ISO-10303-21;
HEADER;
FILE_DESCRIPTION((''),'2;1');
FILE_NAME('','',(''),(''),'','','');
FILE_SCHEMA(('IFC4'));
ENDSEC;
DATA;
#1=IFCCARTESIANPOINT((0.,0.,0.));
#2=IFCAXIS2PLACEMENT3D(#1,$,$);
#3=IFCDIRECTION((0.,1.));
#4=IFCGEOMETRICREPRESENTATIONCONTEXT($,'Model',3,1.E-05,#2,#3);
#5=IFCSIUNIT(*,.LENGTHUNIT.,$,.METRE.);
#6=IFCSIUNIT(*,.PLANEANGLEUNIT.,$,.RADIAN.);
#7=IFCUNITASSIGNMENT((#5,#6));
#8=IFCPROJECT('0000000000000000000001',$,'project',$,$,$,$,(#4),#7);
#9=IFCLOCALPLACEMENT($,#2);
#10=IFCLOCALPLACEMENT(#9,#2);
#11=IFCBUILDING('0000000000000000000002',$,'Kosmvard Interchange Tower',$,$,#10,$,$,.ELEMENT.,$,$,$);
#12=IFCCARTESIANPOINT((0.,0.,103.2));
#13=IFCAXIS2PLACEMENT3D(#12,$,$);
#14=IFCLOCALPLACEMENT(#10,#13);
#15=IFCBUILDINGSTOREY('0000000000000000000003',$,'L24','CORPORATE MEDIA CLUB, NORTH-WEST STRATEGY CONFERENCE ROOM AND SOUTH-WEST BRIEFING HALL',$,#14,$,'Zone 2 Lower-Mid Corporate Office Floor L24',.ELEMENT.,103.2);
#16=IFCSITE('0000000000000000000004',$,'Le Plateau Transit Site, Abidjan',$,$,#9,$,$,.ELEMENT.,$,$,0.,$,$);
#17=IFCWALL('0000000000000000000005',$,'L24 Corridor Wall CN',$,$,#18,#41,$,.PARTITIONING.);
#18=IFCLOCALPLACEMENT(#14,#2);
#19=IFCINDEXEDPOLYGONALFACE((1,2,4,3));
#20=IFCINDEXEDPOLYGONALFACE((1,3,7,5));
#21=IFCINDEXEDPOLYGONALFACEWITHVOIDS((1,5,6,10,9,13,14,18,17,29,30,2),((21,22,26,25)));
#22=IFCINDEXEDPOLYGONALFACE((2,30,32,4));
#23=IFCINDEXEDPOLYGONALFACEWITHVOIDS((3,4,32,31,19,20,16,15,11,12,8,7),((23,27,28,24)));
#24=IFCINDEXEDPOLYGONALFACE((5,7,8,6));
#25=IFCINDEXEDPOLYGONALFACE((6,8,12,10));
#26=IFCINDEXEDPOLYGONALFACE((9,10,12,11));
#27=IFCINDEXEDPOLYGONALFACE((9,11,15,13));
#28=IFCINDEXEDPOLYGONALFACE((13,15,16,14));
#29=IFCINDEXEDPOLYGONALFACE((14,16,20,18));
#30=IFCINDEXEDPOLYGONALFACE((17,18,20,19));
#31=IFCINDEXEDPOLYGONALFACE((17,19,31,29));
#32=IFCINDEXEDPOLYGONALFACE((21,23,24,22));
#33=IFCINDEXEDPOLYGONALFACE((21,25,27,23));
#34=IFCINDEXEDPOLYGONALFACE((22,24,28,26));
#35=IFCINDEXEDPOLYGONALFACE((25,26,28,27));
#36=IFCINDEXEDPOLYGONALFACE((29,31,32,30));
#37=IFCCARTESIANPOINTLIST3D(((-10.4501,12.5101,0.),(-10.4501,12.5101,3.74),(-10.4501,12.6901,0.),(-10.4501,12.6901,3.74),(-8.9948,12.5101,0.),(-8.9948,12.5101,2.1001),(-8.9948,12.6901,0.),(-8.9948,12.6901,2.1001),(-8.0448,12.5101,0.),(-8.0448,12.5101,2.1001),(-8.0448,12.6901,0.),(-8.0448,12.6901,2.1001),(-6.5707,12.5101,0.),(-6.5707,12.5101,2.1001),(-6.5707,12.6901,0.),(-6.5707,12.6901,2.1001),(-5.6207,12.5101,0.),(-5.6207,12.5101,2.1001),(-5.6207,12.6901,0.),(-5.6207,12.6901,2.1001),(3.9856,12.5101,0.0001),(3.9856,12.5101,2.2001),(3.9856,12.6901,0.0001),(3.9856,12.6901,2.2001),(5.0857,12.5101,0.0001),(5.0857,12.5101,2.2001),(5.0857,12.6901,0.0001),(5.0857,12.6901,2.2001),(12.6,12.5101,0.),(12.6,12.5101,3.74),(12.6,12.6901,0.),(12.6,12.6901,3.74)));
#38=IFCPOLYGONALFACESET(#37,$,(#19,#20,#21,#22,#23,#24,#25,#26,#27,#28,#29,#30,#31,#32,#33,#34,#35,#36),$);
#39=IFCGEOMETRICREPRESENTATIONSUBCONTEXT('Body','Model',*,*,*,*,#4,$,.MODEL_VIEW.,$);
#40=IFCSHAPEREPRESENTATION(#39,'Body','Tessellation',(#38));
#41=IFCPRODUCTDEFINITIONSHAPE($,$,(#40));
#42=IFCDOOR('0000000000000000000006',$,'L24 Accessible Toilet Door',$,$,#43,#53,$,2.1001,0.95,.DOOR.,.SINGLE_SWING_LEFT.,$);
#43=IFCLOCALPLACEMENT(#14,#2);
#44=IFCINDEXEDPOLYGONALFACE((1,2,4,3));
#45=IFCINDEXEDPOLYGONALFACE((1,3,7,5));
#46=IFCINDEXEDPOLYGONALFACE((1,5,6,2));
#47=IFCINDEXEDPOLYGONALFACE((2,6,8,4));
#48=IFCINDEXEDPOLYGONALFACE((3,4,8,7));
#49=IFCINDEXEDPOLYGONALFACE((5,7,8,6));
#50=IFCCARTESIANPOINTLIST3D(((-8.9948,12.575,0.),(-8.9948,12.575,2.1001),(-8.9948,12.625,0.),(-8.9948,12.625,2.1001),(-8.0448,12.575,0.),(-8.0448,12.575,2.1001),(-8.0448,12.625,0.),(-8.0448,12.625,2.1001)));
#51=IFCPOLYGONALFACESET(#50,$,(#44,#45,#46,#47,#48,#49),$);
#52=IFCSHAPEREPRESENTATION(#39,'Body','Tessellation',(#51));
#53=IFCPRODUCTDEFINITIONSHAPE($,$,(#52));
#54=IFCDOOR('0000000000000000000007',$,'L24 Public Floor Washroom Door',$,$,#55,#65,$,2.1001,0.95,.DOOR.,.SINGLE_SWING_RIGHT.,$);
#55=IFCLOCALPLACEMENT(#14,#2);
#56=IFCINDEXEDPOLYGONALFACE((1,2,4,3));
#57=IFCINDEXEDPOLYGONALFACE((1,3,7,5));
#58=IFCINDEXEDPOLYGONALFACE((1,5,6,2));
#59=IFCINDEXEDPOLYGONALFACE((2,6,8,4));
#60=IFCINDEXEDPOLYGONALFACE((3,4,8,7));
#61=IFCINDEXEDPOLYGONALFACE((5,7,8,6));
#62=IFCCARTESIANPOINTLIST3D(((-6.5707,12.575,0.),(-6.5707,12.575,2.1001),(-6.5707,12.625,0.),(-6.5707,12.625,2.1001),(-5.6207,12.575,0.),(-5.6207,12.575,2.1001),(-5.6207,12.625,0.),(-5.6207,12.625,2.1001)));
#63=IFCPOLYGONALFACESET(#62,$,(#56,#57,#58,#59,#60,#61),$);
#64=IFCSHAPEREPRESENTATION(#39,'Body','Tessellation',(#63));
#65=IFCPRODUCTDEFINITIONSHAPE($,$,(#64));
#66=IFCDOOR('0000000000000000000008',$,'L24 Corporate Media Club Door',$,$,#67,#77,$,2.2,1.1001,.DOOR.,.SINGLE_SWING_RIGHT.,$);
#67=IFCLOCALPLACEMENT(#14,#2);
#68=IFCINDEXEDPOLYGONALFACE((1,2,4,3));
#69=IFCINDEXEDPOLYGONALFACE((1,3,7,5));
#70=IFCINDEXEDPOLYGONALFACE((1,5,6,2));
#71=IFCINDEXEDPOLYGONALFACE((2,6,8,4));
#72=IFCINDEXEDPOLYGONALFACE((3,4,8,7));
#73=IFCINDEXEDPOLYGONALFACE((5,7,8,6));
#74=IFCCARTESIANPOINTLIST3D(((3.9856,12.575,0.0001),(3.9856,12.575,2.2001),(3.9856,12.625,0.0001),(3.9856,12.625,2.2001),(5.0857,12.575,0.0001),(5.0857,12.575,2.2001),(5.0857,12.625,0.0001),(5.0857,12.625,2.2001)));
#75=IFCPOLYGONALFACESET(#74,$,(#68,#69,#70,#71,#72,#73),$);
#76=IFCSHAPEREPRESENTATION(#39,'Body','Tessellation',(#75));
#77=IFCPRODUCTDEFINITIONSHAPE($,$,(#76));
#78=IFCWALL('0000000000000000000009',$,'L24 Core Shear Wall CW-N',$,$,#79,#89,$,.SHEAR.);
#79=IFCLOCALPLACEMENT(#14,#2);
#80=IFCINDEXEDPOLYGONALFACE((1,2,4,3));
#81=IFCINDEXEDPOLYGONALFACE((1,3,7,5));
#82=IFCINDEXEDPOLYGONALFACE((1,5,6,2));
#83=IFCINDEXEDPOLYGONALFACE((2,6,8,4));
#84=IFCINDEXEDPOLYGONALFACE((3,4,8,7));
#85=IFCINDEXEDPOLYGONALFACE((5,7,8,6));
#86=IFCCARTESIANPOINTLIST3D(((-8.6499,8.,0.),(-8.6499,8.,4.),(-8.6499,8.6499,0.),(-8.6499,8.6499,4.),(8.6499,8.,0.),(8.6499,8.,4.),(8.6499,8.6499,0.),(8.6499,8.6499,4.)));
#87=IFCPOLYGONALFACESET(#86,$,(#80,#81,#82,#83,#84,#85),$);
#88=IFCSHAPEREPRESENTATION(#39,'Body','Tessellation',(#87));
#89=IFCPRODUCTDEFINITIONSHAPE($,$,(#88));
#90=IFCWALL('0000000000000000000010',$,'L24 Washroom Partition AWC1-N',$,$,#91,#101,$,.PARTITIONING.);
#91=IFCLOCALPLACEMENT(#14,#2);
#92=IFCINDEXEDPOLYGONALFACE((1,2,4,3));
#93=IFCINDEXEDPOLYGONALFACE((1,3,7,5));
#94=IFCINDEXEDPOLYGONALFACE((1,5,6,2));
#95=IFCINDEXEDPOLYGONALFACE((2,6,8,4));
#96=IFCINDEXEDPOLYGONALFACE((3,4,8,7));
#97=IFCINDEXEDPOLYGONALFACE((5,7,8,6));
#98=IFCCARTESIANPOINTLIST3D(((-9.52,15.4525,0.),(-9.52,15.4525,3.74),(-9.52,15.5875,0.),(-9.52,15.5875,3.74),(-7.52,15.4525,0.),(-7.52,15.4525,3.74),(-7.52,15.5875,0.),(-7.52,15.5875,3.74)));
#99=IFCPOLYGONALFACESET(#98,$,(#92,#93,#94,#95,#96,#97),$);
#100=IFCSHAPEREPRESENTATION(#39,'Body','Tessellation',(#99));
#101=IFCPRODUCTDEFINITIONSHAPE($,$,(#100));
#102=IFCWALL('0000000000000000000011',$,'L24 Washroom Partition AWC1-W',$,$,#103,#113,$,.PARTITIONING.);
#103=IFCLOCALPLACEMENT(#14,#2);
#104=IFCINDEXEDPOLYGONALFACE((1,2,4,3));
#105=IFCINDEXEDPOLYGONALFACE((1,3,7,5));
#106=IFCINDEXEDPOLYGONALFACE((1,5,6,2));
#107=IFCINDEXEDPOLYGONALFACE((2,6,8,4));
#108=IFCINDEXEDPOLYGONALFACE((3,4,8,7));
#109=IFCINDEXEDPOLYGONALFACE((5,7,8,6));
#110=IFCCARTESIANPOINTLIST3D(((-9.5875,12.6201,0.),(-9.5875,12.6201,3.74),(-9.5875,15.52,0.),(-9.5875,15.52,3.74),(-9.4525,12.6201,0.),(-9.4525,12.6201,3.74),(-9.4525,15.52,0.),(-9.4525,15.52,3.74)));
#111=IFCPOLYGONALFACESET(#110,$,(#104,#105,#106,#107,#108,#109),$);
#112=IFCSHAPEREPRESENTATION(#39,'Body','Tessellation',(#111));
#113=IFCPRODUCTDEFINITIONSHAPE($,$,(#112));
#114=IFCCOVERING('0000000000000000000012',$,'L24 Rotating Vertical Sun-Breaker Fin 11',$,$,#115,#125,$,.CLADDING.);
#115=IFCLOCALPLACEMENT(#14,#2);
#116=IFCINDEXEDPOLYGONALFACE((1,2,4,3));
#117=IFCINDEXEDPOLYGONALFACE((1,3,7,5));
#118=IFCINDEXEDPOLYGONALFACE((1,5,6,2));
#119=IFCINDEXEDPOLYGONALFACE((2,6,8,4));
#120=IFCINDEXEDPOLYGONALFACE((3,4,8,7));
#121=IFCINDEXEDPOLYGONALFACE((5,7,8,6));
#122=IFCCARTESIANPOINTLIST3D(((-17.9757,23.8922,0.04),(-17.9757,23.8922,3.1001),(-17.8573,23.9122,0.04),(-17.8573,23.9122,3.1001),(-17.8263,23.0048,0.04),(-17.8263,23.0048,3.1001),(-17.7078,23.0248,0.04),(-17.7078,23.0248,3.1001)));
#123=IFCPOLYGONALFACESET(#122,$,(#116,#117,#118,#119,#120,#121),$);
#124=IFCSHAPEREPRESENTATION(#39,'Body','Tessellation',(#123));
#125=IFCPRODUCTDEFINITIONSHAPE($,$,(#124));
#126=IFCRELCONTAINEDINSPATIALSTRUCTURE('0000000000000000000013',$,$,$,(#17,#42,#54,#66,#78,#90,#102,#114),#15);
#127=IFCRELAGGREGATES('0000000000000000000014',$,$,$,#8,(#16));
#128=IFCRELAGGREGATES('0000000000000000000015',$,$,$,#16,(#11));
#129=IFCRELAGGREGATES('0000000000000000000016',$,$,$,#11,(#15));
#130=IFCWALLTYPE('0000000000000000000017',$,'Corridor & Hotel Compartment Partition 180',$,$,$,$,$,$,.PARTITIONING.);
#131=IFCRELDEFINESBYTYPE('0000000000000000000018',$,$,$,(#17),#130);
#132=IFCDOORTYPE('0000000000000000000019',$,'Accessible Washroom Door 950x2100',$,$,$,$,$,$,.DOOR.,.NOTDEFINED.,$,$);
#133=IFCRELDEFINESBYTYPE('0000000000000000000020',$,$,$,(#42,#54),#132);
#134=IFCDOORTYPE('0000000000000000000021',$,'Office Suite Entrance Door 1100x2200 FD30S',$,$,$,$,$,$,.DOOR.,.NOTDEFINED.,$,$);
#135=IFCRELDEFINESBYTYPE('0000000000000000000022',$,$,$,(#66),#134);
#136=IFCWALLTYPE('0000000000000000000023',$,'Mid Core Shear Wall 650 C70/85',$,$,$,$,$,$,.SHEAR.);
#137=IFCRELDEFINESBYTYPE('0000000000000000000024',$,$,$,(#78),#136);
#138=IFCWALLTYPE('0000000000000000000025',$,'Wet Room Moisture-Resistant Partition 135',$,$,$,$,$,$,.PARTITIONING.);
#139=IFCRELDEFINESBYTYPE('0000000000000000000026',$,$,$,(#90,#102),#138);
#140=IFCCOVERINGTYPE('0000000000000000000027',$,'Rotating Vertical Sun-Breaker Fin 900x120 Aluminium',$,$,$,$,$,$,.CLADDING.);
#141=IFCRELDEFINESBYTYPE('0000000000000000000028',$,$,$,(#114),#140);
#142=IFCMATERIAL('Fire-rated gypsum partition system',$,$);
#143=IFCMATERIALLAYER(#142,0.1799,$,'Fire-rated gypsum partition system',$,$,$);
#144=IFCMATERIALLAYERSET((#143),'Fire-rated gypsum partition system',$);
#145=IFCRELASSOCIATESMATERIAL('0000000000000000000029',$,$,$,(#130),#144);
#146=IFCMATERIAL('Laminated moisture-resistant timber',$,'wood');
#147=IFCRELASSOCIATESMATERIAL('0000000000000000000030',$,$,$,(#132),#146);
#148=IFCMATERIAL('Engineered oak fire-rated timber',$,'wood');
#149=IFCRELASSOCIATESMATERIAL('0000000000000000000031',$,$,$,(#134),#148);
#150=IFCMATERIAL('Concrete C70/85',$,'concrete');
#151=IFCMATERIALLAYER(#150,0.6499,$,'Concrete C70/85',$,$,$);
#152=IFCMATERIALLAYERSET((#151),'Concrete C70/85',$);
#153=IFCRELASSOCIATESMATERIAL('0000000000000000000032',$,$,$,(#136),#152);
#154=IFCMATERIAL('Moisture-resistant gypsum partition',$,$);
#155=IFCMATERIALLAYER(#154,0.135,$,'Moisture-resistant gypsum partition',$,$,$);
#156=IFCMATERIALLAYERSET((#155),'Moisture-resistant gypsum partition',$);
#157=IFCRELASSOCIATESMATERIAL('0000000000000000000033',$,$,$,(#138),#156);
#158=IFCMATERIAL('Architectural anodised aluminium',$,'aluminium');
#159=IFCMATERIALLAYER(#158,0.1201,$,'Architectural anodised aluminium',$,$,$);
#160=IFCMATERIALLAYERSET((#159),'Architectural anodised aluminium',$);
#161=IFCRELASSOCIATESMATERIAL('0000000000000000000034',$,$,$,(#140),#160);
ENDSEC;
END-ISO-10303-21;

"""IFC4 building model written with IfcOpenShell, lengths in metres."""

from ifc_helpers import new_model, si_unit, direction, frame, frame_2d, origin, origin_2d, place, context, subcontext, project, spatial, rectangle, extrude, source, transform, mapped, material, layer, layer_set, type_object, element, fill, save


model = new_model("IFC4")

# Units and contexts
model_context = context("Model", 3, precision=1e-05, world=origin(), true_north=direction((0.0, 1.0)))
body_context = subcontext(model_context, "Body", "Model", "MODEL_VIEW")
ifc_project = project(units=[si_unit("LENGTHUNIT", "METRE"), si_unit("PLANEANGLEUNIT", "RADIAN")], contexts=[model_context])

# Site, building, storey
site_placement = place(None, origin())
site = spatial("IfcSite", under=ifc_project, at=site_placement, Name="Le Plateau Transit Site, Abidjan", CompositionType="ELEMENT", RefElevation=0.0)
building_placement = place(site_placement, origin())
building = spatial("IfcBuilding", under=site, at=building_placement, Name="Kosmvard Interchange Tower", CompositionType="ELEMENT")
storey_placement = place(building_placement, frame((0.0, 0.0, 103.2)))
storey = spatial("IfcBuildingStorey", under=building, at=storey_placement, Name="L24", Description="CORPORATE MEDIA CLUB, NORTH-WEST STRATEGY CONFERENCE ROOM AND SOUTH-WEST BRIEFING HALL", LongName="Zone 2 Lower-Mid Corporate Office Floor L24", CompositionType="ELEMENT", Elevation=103.2)

# Shared definitions
ifc_material_1 = material(Name="Concrete C70/85", Category="concrete")

# Wall, openings, doors
ifc_material_2 = material(Name="Fire-rated gypsum partition system")
ifc_layer_1 = layer(ifc_material_2, 0.1799, Name="Fire-rated gypsum partition system")
ifc_layer_set_1 = layer_set([ifc_layer_1], Name="Fire-rated gypsum partition system")
wall_type_1 = type_object("IfcWallType", Name="Corridor & Hotel Compartment Partition 180", PredefinedType="PARTITIONING", material=ifc_layer_set_1)
wall_1_placement = place(storey_placement, frame((-10.45, 12.6001, 0.0), z_axis=(0.0, 0.0, 1.0), x_axis=(1.0, 0.0, 0.0)))
wall_1 = element("IfcWall", 1, at=wall_1_placement, inside=storey, type_object=wall_type_1, Name="L24 Corridor Wall CN", PredefinedType="PARTITIONING", context=body_context, shape_type="SweptSolid", body=[
    extrude(rectangle(XDim=23.05, YDim=0.1799, at=frame_2d((11.5249, 0.0))), origin(), (0.0, 0.0, 1.0), 3.74),
])
opening_1_placement = place(wall_1_placement, frame((1.4551, 0.0, 0.0)))
opening_1 = element("IfcOpeningElement", 2, at=opening_1_placement, cuts=wall_1, PredefinedType="OPENING", context=body_context, shape_type="SweptSolid", body=[
    extrude(rectangle(XDim=0.95, YDim=2.1001, at=frame_2d((0.4751, 1.05))), frame((0.0, 0.1001, 0.0), z_axis=(0.0, -1.0, 0.0), x_axis=(1.0, 0.0, 0.0)), (0.0, 0.0, 1.0), 0.2),
])
opening_2_placement = place(wall_1_placement, frame((3.8792, 0.0, 0.0)))
opening_2 = element("IfcOpeningElement", 3, at=opening_2_placement, cuts=wall_1, PredefinedType="OPENING", context=body_context, shape_type="SweptSolid", body=[
    extrude(rectangle(XDim=0.95, YDim=2.1001, at=frame_2d((0.4751, 1.05))), frame((0.0, 0.1001, 0.0), z_axis=(0.0, -1.0, 0.0), x_axis=(1.0, 0.0, 0.0)), (0.0, 0.0, 1.0), 0.2),
])
opening_3_placement = place(wall_1_placement, frame((14.4355, 0.0, 0.0)))
opening_3 = element("IfcOpeningElement", 4, at=opening_3_placement, cuts=wall_1, PredefinedType="OPENING", context=body_context, shape_type="SweptSolid", body=[
    extrude(rectangle(XDim=1.1001, YDim=2.2, at=frame_2d((0.55, 1.1001))), frame((0.0, 0.1001, 0.0), z_axis=(0.0, -1.0, 0.0), x_axis=(1.0, 0.0, 0.0)), (0.0, 0.0, 1.0), 0.2),
])
ifc_material_3 = material(Name="Laminated moisture-resistant timber", Category="wood")
door_type_1 = type_object("IfcDoorType", Name="Accessible Washroom Door 950x2100", OperationType="NOTDEFINED", PredefinedType="DOOR", material=ifc_material_3)
shared_shape_1 = source(origin(), body_context, "Body", "SweptSolid", [
    extrude(rectangle(XDim=0.95, YDim=2.1001, at=frame_2d((0.4751, 1.05))), frame((0.0, 0.0249, 0.0), z_axis=(0.0, -1.0, 0.0), x_axis=(1.0, 0.0, 0.0)), (0.0, 0.0, 1.0), 0.05),
])
door_1_placement = place(opening_1_placement, origin())
door_1 = element("IfcDoor", 5, at=door_1_placement, inside=storey, type_object=door_type_1, Name="L24 Accessible Toilet Door", OperationType="SINGLE_SWING_LEFT", OverallHeight=2.1001, OverallWidth=0.95, PredefinedType="DOOR", context=body_context, shape_type="MappedRepresentation", body=[
    mapped(shared_shape_1, transform((0.0, 0.0, 0.0), scale=1.0)),
])
fill(opening_1, door_1)
door_2_placement = place(opening_2_placement, origin())
door_2 = element("IfcDoor", 6, at=door_2_placement, inside=storey, type_object=door_type_1, Name="L24 Public Floor Washroom Door", OperationType="SINGLE_SWING_RIGHT", OverallHeight=2.1001, OverallWidth=0.95, PredefinedType="DOOR", context=body_context, shape_type="MappedRepresentation", body=[
    mapped(shared_shape_1, transform((0.0, 0.0, 0.0), scale=1.0)),
])
fill(opening_2, door_2)
ifc_material_4 = material(Name="Engineered oak fire-rated timber", Category="wood")
door_type_2 = type_object("IfcDoorType", Name="Office Suite Entrance Door 1100x2200 FD30S", OperationType="NOTDEFINED", PredefinedType="DOOR", material=ifc_material_4)
shared_shape_2 = source(origin(), body_context, "Body", "SweptSolid", [
    extrude(rectangle(XDim=1.1001, YDim=2.2, at=frame_2d((0.55, 1.1001))), frame((0.0, 0.0249, 0.0), z_axis=(0.0, -1.0, 0.0), x_axis=(1.0, 0.0, 0.0)), (0.0, 0.0, 1.0), 0.05),
])
door_3_placement = place(opening_3_placement, origin())
door_3 = element("IfcDoor", 7, at=door_3_placement, inside=storey, type_object=door_type_2, Name="L24 Corporate Media Club Door", OperationType="SINGLE_SWING_RIGHT", OverallHeight=2.2, OverallWidth=1.1001, PredefinedType="DOOR", context=body_context, shape_type="MappedRepresentation", body=[
    mapped(shared_shape_2, transform((0.0, 0.0, 0.0), scale=1.0)),
])
fill(opening_3, door_3)

# Walls
ifc_layer_2 = layer(ifc_material_1, 0.6499, Name="Concrete C70/85")
ifc_layer_set_2 = layer_set([ifc_layer_2], Name="Concrete C70/85")
wall_type_2 = type_object("IfcWallType", Name="Mid Core Shear Wall 650 C70/85", PredefinedType="SHEAR", material=ifc_layer_set_2)
wall_2_placement = place(storey_placement, frame((-8.6499, 8.325, 0.0), z_axis=(0.0, 0.0, 1.0), x_axis=(1.0, 0.0, 0.0)))
element("IfcWall", 8, at=wall_2_placement, inside=storey, type_object=wall_type_2, Name="L24 Core Shear Wall CW-N", PredefinedType="SHEAR", context=body_context, shape_type="SweptSolid", body=[
    extrude(rectangle(XDim=17.2998, YDim=0.6499, at=frame_2d((8.6499, 0.0))), origin(), (0.0, 0.0, 1.0), 4.0),
])
ifc_material_5 = material(Name="Moisture-resistant gypsum partition")
ifc_layer_3 = layer(ifc_material_5, 0.135, Name="Moisture-resistant gypsum partition")
ifc_layer_set_3 = layer_set([ifc_layer_3], Name="Moisture-resistant gypsum partition")
wall_type_3 = type_object("IfcWallType", Name="Wet Room Moisture-Resistant Partition 135", PredefinedType="PARTITIONING", material=ifc_layer_set_3)
wall_3_placement = place(storey_placement, frame((-9.52, 15.52, 0.0), z_axis=(0.0, 0.0, 1.0), x_axis=(1.0, 0.0, 0.0)))
element("IfcWall", 9, at=wall_3_placement, inside=storey, type_object=wall_type_3, Name="L24 Washroom Partition AWC1-N", PredefinedType="PARTITIONING", context=body_context, shape_type="SweptSolid", body=[
    extrude(rectangle(XDim=2.0, YDim=0.135, at=frame_2d((1.0, 0.0))), origin(), (0.0, 0.0, 1.0), 3.74),
])
wall_4_placement = place(storey_placement, frame((-9.52, 12.6201, 0.0), z_axis=(0.0, 0.0, 1.0), x_axis=(0.0, 1.0, 0.0)))
element("IfcWall", 10, at=wall_4_placement, inside=storey, type_object=wall_type_3, Name="L24 Washroom Partition AWC1-W", PredefinedType="PARTITIONING", context=body_context, shape_type="SweptSolid", body=[
    extrude(rectangle(XDim=2.8999, YDim=0.135, at=frame_2d((1.45, 0.0))), origin(), (0.0, 0.0, 1.0), 3.74),
])

# Covering
ifc_material_6 = material(Name="Architectural anodised aluminium", Category="aluminium")
ifc_layer_4 = layer(ifc_material_6, 0.1201, Name="Architectural anodised aluminium")
ifc_layer_set_4 = layer_set([ifc_layer_4], Name="Architectural anodised aluminium")
covering_type = type_object("IfcCoveringType", Name="Rotating Vertical Sun-Breaker Fin 900x120 Aluminium", PredefinedType="CLADDING", material=ifc_layer_set_4)
shared_shape_3 = source(origin(), body_context, "Body", "SweptSolid", [
    extrude(rectangle(XDim=0.8999, YDim=0.1201, at=origin_2d()), origin(), (0.0, 0.0, 1.0), 3.0601),
])
covering_placement = place(storey_placement, frame((-17.8418, 23.4585, 0.04), z_axis=(0.0, 0.0, 1.0), x_axis=(-0.16608, 0.986112, 0.0)))
element("IfcCovering", 11, at=covering_placement, inside=storey, type_object=covering_type, Name="L24 Rotating Vertical Sun-Breaker Fin 11", PredefinedType="CLADDING", context=body_context, shape_type="MappedRepresentation", body=[
    mapped(shared_shape_3, transform((0.0, 0.0, 0.0), scale=1.0)),
])

save(model, "model.ifc")
